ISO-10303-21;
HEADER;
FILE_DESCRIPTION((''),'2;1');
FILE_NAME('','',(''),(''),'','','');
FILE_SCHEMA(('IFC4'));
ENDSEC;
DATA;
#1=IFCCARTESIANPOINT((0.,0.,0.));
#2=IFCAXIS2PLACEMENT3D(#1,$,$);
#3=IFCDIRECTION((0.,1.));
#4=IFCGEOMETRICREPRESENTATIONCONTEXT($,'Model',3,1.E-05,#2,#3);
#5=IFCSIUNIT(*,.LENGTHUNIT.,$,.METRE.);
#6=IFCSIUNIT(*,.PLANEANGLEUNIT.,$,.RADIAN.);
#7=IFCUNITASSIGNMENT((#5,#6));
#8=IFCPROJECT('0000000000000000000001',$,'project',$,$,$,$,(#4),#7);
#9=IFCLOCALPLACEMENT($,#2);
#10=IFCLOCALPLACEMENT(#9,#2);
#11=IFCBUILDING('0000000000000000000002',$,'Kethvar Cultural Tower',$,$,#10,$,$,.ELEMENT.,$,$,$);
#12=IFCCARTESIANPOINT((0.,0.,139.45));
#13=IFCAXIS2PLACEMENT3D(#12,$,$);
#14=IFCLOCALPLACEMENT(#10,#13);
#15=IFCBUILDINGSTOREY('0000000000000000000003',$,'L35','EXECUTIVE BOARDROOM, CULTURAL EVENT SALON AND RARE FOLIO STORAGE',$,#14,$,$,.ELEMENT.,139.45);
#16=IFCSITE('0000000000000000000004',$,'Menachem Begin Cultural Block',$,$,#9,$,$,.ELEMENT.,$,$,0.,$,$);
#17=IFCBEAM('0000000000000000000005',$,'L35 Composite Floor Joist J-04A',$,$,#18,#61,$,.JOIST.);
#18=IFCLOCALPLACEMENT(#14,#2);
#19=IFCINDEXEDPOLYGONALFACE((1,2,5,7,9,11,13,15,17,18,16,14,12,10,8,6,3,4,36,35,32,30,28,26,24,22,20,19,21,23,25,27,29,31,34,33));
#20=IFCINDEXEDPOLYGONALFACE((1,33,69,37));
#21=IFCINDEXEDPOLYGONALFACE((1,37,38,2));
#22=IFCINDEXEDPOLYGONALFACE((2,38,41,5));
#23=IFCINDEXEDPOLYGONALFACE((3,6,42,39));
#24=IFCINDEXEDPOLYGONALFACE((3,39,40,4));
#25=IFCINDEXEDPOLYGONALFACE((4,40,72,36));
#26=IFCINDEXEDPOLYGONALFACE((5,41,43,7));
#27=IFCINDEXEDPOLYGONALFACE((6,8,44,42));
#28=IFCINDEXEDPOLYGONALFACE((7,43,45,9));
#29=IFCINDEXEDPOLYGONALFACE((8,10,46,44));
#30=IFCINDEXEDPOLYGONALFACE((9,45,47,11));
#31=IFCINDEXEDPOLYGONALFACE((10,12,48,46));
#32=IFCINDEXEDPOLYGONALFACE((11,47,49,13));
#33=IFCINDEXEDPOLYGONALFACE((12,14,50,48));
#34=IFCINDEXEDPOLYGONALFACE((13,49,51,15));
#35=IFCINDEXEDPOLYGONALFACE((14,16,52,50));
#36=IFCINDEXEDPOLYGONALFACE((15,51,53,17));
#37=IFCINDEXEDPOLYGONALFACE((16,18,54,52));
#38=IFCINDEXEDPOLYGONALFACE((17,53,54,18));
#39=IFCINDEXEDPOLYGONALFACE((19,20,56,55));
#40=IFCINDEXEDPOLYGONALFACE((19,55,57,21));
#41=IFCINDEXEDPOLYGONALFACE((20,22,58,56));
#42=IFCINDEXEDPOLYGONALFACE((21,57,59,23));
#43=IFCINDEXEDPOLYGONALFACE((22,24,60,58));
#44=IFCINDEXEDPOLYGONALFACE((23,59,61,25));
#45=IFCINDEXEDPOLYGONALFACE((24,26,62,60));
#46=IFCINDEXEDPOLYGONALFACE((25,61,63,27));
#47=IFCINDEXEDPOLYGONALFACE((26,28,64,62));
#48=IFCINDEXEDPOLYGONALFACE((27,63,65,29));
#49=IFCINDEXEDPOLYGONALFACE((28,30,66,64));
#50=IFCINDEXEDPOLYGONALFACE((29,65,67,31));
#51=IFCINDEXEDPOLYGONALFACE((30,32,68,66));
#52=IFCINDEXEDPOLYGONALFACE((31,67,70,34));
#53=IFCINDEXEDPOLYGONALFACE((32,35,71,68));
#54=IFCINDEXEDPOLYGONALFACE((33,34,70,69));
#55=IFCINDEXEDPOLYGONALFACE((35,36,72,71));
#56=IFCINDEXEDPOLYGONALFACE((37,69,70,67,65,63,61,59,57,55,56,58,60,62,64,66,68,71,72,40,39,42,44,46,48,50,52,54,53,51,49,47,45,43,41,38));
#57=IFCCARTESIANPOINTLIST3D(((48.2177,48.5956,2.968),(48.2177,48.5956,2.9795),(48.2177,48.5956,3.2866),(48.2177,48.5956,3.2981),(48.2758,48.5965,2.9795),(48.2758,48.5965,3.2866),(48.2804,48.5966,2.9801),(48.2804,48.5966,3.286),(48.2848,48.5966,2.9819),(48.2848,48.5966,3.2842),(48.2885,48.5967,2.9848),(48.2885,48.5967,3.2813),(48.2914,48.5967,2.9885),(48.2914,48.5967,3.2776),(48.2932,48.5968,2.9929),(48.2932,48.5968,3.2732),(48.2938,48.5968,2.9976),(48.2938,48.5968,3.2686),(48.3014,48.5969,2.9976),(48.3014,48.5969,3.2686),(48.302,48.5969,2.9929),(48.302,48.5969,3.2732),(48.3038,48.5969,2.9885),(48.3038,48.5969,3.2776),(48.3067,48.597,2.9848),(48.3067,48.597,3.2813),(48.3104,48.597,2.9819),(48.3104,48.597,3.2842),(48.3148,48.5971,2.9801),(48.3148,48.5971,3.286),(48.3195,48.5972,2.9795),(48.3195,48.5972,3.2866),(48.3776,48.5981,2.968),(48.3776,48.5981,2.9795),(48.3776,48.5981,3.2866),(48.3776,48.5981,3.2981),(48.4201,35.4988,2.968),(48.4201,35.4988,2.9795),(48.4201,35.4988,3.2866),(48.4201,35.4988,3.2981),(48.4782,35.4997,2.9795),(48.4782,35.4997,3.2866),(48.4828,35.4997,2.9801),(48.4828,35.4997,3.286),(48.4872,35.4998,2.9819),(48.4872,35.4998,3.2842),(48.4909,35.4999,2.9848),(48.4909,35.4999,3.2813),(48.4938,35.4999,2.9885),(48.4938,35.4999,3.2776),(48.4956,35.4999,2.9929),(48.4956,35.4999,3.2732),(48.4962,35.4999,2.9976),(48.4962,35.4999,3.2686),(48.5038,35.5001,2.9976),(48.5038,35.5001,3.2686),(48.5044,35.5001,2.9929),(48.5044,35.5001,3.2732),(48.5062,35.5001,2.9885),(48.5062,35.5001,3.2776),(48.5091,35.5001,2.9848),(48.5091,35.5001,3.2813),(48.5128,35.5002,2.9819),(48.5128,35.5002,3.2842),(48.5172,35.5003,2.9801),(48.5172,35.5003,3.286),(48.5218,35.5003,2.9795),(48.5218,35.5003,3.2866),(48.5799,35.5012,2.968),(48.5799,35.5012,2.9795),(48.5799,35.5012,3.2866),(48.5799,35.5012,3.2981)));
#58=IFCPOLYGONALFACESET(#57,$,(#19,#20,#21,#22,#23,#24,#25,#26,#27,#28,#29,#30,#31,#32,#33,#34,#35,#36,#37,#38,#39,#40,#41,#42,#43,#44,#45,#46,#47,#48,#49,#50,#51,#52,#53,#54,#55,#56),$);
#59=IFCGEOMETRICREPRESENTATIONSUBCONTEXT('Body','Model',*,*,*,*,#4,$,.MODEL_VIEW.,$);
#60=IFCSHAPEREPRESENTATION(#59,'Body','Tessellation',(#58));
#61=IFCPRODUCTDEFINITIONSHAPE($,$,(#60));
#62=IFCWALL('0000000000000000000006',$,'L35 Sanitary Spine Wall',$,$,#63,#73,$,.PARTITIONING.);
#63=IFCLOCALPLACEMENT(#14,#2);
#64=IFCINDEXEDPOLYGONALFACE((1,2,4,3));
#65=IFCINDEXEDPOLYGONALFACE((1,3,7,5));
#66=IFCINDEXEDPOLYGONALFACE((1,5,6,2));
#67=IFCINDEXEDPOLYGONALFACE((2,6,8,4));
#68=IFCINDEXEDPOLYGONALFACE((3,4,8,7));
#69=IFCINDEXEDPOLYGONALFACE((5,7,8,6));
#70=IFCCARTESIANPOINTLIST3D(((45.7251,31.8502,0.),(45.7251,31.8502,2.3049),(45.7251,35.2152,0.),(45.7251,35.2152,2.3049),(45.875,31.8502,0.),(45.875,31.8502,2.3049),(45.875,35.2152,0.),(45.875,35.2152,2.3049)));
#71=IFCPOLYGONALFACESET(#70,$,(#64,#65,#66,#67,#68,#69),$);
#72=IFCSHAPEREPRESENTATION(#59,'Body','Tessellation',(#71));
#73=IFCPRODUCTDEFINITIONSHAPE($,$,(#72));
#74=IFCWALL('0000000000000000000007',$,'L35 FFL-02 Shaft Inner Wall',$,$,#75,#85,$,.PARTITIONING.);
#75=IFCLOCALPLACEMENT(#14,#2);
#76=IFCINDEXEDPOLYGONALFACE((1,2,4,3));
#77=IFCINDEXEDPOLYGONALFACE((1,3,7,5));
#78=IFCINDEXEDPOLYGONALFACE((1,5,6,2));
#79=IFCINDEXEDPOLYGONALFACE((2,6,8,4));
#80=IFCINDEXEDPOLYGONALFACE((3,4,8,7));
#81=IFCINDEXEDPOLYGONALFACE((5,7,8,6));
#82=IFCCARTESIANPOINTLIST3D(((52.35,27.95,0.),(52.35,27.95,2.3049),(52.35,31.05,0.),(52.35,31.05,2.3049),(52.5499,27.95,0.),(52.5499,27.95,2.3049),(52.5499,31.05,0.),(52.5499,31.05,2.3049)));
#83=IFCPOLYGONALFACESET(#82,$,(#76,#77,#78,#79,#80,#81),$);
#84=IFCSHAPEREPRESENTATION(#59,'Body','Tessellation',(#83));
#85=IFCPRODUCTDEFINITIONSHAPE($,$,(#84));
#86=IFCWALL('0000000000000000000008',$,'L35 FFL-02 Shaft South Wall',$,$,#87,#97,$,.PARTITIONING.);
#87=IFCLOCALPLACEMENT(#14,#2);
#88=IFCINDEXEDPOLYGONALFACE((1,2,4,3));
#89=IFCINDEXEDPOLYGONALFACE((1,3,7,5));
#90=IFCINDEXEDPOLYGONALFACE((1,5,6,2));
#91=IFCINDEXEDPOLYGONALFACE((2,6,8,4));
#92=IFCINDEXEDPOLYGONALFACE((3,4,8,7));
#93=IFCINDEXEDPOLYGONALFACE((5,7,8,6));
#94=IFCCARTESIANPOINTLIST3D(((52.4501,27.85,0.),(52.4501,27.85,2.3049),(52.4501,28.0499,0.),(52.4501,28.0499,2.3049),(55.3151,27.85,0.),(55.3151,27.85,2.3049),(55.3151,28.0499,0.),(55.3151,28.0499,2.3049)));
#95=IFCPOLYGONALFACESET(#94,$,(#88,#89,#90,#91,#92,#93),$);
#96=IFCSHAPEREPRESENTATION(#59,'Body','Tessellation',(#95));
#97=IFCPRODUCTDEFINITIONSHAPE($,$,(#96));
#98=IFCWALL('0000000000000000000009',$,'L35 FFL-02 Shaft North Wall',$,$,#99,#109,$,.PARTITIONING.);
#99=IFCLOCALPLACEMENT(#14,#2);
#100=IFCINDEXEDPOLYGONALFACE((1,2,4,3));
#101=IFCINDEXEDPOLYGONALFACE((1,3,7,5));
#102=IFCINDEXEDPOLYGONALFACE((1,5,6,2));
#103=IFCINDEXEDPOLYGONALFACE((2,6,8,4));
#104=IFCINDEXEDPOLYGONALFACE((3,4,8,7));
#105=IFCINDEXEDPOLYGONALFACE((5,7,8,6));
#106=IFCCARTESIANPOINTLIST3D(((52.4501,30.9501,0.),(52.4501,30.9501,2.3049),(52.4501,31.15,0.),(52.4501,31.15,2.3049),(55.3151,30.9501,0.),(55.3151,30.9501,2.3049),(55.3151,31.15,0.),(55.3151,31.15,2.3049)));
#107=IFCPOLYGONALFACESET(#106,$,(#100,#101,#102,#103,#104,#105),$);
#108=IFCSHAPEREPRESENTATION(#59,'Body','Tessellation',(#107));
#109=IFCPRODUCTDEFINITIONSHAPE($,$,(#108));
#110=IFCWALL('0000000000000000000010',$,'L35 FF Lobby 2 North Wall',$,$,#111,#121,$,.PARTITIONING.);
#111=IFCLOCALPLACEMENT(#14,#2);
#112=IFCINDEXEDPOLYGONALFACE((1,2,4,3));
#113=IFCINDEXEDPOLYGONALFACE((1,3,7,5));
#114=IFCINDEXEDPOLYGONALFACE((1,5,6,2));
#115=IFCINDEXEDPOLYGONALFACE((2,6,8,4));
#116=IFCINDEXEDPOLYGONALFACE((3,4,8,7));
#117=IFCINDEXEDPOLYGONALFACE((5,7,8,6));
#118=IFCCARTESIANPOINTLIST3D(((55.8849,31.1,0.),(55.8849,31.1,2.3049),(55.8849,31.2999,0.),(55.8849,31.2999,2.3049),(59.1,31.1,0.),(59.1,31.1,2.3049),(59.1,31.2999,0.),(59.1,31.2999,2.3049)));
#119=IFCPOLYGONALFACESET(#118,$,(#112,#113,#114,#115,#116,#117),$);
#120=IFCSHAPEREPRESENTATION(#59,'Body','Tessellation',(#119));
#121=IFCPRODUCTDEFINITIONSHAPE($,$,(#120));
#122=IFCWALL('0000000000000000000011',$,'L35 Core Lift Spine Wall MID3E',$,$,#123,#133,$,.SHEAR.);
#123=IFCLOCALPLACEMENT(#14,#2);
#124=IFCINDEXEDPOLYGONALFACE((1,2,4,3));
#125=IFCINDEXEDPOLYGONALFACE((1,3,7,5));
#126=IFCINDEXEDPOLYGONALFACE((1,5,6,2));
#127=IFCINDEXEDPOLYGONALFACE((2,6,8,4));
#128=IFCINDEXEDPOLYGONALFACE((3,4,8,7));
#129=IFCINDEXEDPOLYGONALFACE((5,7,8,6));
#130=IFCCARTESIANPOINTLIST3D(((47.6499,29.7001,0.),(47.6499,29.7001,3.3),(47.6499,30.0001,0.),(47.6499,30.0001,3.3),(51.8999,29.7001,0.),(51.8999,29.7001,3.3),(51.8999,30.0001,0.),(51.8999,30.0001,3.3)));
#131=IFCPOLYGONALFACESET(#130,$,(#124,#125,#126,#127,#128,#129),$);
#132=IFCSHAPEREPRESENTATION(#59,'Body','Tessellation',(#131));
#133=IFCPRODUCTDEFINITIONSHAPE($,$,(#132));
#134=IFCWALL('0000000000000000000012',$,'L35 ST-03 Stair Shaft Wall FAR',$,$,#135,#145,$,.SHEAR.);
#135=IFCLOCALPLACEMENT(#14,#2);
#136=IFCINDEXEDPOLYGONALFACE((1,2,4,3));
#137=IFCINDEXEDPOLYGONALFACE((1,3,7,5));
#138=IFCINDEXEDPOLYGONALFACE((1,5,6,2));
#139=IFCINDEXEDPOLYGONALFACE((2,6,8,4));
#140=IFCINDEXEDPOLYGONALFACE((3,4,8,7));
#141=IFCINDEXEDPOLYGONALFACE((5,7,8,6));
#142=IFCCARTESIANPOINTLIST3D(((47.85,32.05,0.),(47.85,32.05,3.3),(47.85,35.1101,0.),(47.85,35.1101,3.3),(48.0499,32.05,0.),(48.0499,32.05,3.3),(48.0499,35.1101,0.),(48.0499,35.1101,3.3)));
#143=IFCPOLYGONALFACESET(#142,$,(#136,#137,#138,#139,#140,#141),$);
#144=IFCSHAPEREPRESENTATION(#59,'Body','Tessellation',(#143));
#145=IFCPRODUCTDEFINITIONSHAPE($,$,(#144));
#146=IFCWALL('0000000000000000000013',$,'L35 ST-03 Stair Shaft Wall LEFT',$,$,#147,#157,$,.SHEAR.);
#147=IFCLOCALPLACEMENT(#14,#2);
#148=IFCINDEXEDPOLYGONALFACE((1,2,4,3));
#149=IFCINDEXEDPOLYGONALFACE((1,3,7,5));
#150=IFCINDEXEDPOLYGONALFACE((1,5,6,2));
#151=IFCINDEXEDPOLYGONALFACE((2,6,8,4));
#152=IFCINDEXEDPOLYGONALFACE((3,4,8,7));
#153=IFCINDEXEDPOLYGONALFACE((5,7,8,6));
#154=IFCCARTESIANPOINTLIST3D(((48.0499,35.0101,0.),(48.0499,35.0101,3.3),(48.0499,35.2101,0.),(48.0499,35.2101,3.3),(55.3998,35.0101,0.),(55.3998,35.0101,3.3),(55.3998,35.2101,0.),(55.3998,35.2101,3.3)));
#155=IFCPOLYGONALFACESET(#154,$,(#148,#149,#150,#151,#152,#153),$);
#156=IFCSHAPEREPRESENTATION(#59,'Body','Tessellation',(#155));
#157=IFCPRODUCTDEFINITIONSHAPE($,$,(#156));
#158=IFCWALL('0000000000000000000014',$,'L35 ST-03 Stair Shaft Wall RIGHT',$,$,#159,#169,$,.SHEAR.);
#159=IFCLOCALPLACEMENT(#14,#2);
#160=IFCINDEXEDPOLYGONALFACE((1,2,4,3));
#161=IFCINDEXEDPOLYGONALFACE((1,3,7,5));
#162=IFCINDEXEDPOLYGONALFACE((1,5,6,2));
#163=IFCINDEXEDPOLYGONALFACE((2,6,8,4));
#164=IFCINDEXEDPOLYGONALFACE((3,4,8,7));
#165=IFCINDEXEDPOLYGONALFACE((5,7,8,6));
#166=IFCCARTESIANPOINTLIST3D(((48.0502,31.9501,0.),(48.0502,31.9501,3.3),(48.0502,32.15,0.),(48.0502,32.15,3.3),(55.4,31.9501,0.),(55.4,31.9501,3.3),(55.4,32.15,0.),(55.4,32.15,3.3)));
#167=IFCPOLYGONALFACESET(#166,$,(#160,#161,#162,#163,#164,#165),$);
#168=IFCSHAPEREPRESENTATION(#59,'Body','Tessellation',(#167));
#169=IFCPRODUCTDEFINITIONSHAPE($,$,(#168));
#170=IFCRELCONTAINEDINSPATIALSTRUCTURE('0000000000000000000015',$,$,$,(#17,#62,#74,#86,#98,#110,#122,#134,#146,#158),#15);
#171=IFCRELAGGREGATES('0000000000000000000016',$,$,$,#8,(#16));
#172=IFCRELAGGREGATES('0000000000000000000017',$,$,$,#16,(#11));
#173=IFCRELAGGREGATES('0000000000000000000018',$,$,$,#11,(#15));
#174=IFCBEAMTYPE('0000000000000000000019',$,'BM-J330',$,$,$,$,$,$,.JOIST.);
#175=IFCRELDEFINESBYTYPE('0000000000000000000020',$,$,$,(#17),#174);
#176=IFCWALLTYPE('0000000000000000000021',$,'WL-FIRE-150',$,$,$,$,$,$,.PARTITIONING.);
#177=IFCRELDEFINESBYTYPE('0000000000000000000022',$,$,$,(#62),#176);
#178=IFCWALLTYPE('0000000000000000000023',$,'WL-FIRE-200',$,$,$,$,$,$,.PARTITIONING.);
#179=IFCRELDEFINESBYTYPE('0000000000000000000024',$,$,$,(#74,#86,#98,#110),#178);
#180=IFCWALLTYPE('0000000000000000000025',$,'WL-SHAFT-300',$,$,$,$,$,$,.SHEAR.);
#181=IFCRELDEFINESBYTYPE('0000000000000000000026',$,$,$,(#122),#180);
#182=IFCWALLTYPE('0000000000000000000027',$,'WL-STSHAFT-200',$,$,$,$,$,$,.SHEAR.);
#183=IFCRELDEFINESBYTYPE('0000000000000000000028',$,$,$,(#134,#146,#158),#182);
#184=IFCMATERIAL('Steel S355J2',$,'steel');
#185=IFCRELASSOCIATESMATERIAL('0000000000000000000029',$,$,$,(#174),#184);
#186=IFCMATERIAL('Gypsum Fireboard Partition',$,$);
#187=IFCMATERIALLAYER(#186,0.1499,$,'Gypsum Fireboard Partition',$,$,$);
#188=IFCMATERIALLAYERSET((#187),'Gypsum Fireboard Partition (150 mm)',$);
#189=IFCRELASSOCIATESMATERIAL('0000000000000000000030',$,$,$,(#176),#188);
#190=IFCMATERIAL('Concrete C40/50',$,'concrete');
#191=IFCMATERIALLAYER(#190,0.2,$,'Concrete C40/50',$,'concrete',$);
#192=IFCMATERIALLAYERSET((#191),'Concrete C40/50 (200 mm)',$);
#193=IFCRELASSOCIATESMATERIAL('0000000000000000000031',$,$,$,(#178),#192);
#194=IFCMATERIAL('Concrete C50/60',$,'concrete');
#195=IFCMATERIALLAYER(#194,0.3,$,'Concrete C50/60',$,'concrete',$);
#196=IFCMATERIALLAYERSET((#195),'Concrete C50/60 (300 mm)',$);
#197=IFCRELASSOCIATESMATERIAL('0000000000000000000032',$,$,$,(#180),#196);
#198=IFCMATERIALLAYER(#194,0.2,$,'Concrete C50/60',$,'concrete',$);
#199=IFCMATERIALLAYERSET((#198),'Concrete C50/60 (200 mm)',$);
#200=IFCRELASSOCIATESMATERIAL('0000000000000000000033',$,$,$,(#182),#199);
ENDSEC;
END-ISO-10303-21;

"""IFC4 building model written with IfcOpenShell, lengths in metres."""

from ifc_helpers import new_model, si_unit, direction, frame, frame_2d, origin, origin_2d, place, context, subcontext, project, spatial, rectangle, i_section, extrude, source, transform, mapped, material, layer, layer_set, material_profile, profile_set, type_object, element, save


model = new_model("IFC4")

# Units and contexts
model_context = context("Model", 3, precision=1e-05, world=origin(), true_north=direction((0.0, 1.0)))
body_context = subcontext(model_context, "Body", "Model", "MODEL_VIEW")
ifc_project = project(units=[si_unit("LENGTHUNIT", "METRE"), si_unit("PLANEANGLEUNIT", "RADIAN")], contexts=[model_context])

# Site, building, storey
site_placement = place(None, origin())
site = spatial("IfcSite", under=ifc_project, at=site_placement, Name="Menachem Begin Cultural Block", CompositionType="ELEMENT", RefElevation=0.0)
building_placement = place(site_placement, origin())
building = spatial("IfcBuilding", under=site, at=building_placement, Name="Kethvar Cultural Tower", CompositionType="ELEMENT")
storey_placement = place(building_placement, frame((0.0, 0.0, 139.45)))
storey = spatial("IfcBuildingStorey", under=building, at=storey_placement, Name="L35", Description="EXECUTIVE BOARDROOM, CULTURAL EVENT SALON AND RARE FOLIO STORAGE", CompositionType="ELEMENT", Elevation=139.45)

# Beam
ifc_material_1 = material(Name="Steel S355J2", Category="steel")
ifc_material_profile_1 = material_profile(ifc_material_1, i_section(OverallWidth=0.1599, OverallDepth=0.3301, WebThickness=0.0076, FlangeThickness=0.0115, FilletRadius=0.0181, at=origin_2d()), Name="Steel S355J2 — IPE330")
ifc_profile_set_1 = profile_set([ifc_material_profile_1], Name="Steel S355J2 — IPE330")
beam_type_1 = type_object("IfcBeamType", Name="BM-J330", PredefinedType="JOIST", material=ifc_profile_set_1)
shared_shape_1 = source(origin(), body_context, "Body", "SweptSolid", [
    extrude(i_section(OverallWidth=0.1599, OverallDepth=0.3301, WebThickness=0.0076, FlangeThickness=0.0115, FilletRadius=0.0181, at=origin_2d()), origin(), (0.0, 0.0, 1.0), 13.0984),
])
beam_1_placement = place(storey_placement, frame((48.5, 35.5, 3.1331), z_axis=(-0.015452, 0.999881, 0.0), x_axis=(-0.999881, -0.015452, 0.0)))
element("IfcBeam", 1, at=beam_1_placement, inside=storey, type_object=beam_type_1, Name="L35 Composite Floor Joist J-04A", PredefinedType="JOIST", context=body_context, shape_type="MappedRepresentation", body=[
    mapped(shared_shape_1, transform((0.0, 0.0, 0.0), scale=1.0)),
])

# Walls
ifc_material_2 = material(Name="Gypsum Fireboard Partition")
ifc_layer_1 = layer(ifc_material_2, 0.1499, Name="Gypsum Fireboard Partition")
ifc_layer_set_1 = layer_set([ifc_layer_1], Name="Gypsum Fireboard Partition (150 mm)")
wall_type_1 = type_object("IfcWallType", Name="WL-FIRE-150", PredefinedType="PARTITIONING", material=ifc_layer_set_1)
wall_1_placement = place(storey_placement, frame((45.8, 31.8501, 0.0), z_axis=(0.0, 0.0, 1.0), x_axis=(0.0, 1.0, 0.0)))
element("IfcWall", 2, at=wall_1_placement, inside=storey, type_object=wall_type_1, Name="L35 Sanitary Spine Wall", PredefinedType="PARTITIONING", context=body_context, shape_type="SweptSolid", body=[
    extrude(rectangle(XDim=3.365, YDim=0.1499, at=frame_2d((1.6826, 0.0))), origin(), (0.0, 0.0, 1.0), 2.3049),
])
ifc_material_3 = material(Name="Concrete C40/50", Category="concrete")
ifc_layer_2 = layer(ifc_material_3, 0.2, Name="Concrete C40/50", Category="concrete")
ifc_layer_set_2 = layer_set([ifc_layer_2], Name="Concrete C40/50 (200 mm)")
wall_type_2 = type_object("IfcWallType", Name="WL-FIRE-200", PredefinedType="PARTITIONING", material=ifc_layer_set_2)
wall_2_placement = place(storey_placement, frame((52.45, 27.95, 0.0), z_axis=(0.0, 0.0, 1.0), x_axis=(0.0, 1.0, 0.0)))
element("IfcWall", 3, at=wall_2_placement, inside=storey, type_object=wall_type_2, Name="L35 FFL-02 Shaft Inner Wall", PredefinedType="PARTITIONING", context=body_context, shape_type="SweptSolid", body=[
    extrude(rectangle(XDim=3.1001, YDim=0.2, at=frame_2d((1.55, 0.0))), origin(), (0.0, 0.0, 1.0), 2.3049),
])
for number, where, z_axis, x_axis, name in (
    (4, (52.45, 27.95, 0.0), (0.0, 0.0, 1.0), (1.0, 0.0, 0.0), "L35 FFL-02 Shaft South Wall"),
    (5, (52.45, 31.05, 0.0), (0.0, 0.0, 1.0), (1.0, 0.0, 0.0), "L35 FFL-02 Shaft North Wall"),
):
    element("IfcWall", number, at=place(storey_placement, frame(where, z_axis=z_axis, x_axis=x_axis)), inside=storey, type_object=wall_type_2, Name=name, PredefinedType="PARTITIONING", context=body_context, shape_type="SweptSolid", body=[
        extrude(rectangle(XDim=2.865, YDim=0.2, at=frame_2d((1.4326, 0.0))), origin(), (0.0, 0.0, 1.0), 2.3049),
    ])
wall_3_placement = place(storey_placement, frame((55.885, 31.2, 0.0), z_axis=(0.0, 0.0, 1.0), x_axis=(1.0, 0.0, 0.0)))
element("IfcWall", 6, at=wall_3_placement, inside=storey, type_object=wall_type_2, Name="L35 FF Lobby 2 North Wall", PredefinedType="PARTITIONING", context=body_context, shape_type="SweptSolid", body=[
    extrude(rectangle(XDim=3.2151, YDim=0.2, at=frame_2d((1.6074, 0.0))), origin(), (0.0, 0.0, 1.0), 2.3049),
])
ifc_material_4 = material(Name="Concrete C50/60", Category="concrete")
ifc_layer_3 = layer(ifc_material_4, 0.3, Name="Concrete C50/60", Category="concrete")
ifc_layer_set_3 = layer_set([ifc_layer_3], Name="Concrete C50/60 (300 mm)")
wall_type_3 = type_object("IfcWallType", Name="WL-SHAFT-300", PredefinedType="SHEAR", material=ifc_layer_set_3)
wall_4_placement = place(storey_placement, frame((47.6499, 29.8501, 0.0), z_axis=(0.0, 0.0, 1.0), x_axis=(1.0, 0.0, 0.0)))
element("IfcWall", 7, at=wall_4_placement, inside=storey, type_object=wall_type_3, Name="L35 Core Lift Spine Wall MID3E", PredefinedType="SHEAR", context=body_context, shape_type="SweptSolid", body=[
    extrude(rectangle(XDim=4.25, YDim=0.3, at=frame_2d((2.125, 0.0))), origin(), (0.0, 0.0, 1.0), 3.3),
])
ifc_layer_4 = layer(ifc_material_4, 0.2, Name="Concrete C50/60", Category="concrete")
ifc_layer_set_4 = layer_set([ifc_layer_4], Name="Concrete C50/60 (200 mm)")
wall_type_4 = type_object("IfcWallType", Name="WL-STSHAFT-200", PredefinedType="SHEAR", material=ifc_layer_set_4)
wall_5_placement = place(storey_placement, frame((47.95, 32.05, 0.0), z_axis=(0.0, 0.0, 1.0), x_axis=(0.0, 1.0, 0.0)))
element("IfcWall", 8, at=wall_5_placement, inside=storey, type_object=wall_type_4, Name="L35 ST-03 Stair Shaft Wall FAR", PredefinedType="SHEAR", context=body_context, shape_type="SweptSolid", body=[
    extrude(rectangle(XDim=3.0601, YDim=0.2, at=frame_2d((1.53, 0.0))), origin(), (0.0, 0.0, 1.0), 3.3),
])
for number, where, z_axis, x_axis, name in (
    (9, (48.05, 35.1101, 0.0), (0.0, 0.0, 1.0), (1.0, 0.0, 0.0), "L35 ST-03 Stair Shaft Wall LEFT"),
    (10, (55.3999, 32.05, 0.0), (0.0, 0.0, 1.0), (-1.0, 0.0, 0.0), "L35 ST-03 Stair Shaft Wall RIGHT"),
):
    element("IfcWall", number, at=place(storey_placement, frame(where, z_axis=z_axis, x_axis=x_axis)), inside=storey, type_object=wall_type_4, Name=name, PredefinedType="SHEAR", context=body_context, shape_type="SweptSolid", body=[
        extrude(rectangle(XDim=7.3499, YDim=0.2, at=frame_2d((3.6748, 0.0))), origin(), (0.0, 0.0, 1.0), 3.3),
    ])

save(model, "model.ifc")
